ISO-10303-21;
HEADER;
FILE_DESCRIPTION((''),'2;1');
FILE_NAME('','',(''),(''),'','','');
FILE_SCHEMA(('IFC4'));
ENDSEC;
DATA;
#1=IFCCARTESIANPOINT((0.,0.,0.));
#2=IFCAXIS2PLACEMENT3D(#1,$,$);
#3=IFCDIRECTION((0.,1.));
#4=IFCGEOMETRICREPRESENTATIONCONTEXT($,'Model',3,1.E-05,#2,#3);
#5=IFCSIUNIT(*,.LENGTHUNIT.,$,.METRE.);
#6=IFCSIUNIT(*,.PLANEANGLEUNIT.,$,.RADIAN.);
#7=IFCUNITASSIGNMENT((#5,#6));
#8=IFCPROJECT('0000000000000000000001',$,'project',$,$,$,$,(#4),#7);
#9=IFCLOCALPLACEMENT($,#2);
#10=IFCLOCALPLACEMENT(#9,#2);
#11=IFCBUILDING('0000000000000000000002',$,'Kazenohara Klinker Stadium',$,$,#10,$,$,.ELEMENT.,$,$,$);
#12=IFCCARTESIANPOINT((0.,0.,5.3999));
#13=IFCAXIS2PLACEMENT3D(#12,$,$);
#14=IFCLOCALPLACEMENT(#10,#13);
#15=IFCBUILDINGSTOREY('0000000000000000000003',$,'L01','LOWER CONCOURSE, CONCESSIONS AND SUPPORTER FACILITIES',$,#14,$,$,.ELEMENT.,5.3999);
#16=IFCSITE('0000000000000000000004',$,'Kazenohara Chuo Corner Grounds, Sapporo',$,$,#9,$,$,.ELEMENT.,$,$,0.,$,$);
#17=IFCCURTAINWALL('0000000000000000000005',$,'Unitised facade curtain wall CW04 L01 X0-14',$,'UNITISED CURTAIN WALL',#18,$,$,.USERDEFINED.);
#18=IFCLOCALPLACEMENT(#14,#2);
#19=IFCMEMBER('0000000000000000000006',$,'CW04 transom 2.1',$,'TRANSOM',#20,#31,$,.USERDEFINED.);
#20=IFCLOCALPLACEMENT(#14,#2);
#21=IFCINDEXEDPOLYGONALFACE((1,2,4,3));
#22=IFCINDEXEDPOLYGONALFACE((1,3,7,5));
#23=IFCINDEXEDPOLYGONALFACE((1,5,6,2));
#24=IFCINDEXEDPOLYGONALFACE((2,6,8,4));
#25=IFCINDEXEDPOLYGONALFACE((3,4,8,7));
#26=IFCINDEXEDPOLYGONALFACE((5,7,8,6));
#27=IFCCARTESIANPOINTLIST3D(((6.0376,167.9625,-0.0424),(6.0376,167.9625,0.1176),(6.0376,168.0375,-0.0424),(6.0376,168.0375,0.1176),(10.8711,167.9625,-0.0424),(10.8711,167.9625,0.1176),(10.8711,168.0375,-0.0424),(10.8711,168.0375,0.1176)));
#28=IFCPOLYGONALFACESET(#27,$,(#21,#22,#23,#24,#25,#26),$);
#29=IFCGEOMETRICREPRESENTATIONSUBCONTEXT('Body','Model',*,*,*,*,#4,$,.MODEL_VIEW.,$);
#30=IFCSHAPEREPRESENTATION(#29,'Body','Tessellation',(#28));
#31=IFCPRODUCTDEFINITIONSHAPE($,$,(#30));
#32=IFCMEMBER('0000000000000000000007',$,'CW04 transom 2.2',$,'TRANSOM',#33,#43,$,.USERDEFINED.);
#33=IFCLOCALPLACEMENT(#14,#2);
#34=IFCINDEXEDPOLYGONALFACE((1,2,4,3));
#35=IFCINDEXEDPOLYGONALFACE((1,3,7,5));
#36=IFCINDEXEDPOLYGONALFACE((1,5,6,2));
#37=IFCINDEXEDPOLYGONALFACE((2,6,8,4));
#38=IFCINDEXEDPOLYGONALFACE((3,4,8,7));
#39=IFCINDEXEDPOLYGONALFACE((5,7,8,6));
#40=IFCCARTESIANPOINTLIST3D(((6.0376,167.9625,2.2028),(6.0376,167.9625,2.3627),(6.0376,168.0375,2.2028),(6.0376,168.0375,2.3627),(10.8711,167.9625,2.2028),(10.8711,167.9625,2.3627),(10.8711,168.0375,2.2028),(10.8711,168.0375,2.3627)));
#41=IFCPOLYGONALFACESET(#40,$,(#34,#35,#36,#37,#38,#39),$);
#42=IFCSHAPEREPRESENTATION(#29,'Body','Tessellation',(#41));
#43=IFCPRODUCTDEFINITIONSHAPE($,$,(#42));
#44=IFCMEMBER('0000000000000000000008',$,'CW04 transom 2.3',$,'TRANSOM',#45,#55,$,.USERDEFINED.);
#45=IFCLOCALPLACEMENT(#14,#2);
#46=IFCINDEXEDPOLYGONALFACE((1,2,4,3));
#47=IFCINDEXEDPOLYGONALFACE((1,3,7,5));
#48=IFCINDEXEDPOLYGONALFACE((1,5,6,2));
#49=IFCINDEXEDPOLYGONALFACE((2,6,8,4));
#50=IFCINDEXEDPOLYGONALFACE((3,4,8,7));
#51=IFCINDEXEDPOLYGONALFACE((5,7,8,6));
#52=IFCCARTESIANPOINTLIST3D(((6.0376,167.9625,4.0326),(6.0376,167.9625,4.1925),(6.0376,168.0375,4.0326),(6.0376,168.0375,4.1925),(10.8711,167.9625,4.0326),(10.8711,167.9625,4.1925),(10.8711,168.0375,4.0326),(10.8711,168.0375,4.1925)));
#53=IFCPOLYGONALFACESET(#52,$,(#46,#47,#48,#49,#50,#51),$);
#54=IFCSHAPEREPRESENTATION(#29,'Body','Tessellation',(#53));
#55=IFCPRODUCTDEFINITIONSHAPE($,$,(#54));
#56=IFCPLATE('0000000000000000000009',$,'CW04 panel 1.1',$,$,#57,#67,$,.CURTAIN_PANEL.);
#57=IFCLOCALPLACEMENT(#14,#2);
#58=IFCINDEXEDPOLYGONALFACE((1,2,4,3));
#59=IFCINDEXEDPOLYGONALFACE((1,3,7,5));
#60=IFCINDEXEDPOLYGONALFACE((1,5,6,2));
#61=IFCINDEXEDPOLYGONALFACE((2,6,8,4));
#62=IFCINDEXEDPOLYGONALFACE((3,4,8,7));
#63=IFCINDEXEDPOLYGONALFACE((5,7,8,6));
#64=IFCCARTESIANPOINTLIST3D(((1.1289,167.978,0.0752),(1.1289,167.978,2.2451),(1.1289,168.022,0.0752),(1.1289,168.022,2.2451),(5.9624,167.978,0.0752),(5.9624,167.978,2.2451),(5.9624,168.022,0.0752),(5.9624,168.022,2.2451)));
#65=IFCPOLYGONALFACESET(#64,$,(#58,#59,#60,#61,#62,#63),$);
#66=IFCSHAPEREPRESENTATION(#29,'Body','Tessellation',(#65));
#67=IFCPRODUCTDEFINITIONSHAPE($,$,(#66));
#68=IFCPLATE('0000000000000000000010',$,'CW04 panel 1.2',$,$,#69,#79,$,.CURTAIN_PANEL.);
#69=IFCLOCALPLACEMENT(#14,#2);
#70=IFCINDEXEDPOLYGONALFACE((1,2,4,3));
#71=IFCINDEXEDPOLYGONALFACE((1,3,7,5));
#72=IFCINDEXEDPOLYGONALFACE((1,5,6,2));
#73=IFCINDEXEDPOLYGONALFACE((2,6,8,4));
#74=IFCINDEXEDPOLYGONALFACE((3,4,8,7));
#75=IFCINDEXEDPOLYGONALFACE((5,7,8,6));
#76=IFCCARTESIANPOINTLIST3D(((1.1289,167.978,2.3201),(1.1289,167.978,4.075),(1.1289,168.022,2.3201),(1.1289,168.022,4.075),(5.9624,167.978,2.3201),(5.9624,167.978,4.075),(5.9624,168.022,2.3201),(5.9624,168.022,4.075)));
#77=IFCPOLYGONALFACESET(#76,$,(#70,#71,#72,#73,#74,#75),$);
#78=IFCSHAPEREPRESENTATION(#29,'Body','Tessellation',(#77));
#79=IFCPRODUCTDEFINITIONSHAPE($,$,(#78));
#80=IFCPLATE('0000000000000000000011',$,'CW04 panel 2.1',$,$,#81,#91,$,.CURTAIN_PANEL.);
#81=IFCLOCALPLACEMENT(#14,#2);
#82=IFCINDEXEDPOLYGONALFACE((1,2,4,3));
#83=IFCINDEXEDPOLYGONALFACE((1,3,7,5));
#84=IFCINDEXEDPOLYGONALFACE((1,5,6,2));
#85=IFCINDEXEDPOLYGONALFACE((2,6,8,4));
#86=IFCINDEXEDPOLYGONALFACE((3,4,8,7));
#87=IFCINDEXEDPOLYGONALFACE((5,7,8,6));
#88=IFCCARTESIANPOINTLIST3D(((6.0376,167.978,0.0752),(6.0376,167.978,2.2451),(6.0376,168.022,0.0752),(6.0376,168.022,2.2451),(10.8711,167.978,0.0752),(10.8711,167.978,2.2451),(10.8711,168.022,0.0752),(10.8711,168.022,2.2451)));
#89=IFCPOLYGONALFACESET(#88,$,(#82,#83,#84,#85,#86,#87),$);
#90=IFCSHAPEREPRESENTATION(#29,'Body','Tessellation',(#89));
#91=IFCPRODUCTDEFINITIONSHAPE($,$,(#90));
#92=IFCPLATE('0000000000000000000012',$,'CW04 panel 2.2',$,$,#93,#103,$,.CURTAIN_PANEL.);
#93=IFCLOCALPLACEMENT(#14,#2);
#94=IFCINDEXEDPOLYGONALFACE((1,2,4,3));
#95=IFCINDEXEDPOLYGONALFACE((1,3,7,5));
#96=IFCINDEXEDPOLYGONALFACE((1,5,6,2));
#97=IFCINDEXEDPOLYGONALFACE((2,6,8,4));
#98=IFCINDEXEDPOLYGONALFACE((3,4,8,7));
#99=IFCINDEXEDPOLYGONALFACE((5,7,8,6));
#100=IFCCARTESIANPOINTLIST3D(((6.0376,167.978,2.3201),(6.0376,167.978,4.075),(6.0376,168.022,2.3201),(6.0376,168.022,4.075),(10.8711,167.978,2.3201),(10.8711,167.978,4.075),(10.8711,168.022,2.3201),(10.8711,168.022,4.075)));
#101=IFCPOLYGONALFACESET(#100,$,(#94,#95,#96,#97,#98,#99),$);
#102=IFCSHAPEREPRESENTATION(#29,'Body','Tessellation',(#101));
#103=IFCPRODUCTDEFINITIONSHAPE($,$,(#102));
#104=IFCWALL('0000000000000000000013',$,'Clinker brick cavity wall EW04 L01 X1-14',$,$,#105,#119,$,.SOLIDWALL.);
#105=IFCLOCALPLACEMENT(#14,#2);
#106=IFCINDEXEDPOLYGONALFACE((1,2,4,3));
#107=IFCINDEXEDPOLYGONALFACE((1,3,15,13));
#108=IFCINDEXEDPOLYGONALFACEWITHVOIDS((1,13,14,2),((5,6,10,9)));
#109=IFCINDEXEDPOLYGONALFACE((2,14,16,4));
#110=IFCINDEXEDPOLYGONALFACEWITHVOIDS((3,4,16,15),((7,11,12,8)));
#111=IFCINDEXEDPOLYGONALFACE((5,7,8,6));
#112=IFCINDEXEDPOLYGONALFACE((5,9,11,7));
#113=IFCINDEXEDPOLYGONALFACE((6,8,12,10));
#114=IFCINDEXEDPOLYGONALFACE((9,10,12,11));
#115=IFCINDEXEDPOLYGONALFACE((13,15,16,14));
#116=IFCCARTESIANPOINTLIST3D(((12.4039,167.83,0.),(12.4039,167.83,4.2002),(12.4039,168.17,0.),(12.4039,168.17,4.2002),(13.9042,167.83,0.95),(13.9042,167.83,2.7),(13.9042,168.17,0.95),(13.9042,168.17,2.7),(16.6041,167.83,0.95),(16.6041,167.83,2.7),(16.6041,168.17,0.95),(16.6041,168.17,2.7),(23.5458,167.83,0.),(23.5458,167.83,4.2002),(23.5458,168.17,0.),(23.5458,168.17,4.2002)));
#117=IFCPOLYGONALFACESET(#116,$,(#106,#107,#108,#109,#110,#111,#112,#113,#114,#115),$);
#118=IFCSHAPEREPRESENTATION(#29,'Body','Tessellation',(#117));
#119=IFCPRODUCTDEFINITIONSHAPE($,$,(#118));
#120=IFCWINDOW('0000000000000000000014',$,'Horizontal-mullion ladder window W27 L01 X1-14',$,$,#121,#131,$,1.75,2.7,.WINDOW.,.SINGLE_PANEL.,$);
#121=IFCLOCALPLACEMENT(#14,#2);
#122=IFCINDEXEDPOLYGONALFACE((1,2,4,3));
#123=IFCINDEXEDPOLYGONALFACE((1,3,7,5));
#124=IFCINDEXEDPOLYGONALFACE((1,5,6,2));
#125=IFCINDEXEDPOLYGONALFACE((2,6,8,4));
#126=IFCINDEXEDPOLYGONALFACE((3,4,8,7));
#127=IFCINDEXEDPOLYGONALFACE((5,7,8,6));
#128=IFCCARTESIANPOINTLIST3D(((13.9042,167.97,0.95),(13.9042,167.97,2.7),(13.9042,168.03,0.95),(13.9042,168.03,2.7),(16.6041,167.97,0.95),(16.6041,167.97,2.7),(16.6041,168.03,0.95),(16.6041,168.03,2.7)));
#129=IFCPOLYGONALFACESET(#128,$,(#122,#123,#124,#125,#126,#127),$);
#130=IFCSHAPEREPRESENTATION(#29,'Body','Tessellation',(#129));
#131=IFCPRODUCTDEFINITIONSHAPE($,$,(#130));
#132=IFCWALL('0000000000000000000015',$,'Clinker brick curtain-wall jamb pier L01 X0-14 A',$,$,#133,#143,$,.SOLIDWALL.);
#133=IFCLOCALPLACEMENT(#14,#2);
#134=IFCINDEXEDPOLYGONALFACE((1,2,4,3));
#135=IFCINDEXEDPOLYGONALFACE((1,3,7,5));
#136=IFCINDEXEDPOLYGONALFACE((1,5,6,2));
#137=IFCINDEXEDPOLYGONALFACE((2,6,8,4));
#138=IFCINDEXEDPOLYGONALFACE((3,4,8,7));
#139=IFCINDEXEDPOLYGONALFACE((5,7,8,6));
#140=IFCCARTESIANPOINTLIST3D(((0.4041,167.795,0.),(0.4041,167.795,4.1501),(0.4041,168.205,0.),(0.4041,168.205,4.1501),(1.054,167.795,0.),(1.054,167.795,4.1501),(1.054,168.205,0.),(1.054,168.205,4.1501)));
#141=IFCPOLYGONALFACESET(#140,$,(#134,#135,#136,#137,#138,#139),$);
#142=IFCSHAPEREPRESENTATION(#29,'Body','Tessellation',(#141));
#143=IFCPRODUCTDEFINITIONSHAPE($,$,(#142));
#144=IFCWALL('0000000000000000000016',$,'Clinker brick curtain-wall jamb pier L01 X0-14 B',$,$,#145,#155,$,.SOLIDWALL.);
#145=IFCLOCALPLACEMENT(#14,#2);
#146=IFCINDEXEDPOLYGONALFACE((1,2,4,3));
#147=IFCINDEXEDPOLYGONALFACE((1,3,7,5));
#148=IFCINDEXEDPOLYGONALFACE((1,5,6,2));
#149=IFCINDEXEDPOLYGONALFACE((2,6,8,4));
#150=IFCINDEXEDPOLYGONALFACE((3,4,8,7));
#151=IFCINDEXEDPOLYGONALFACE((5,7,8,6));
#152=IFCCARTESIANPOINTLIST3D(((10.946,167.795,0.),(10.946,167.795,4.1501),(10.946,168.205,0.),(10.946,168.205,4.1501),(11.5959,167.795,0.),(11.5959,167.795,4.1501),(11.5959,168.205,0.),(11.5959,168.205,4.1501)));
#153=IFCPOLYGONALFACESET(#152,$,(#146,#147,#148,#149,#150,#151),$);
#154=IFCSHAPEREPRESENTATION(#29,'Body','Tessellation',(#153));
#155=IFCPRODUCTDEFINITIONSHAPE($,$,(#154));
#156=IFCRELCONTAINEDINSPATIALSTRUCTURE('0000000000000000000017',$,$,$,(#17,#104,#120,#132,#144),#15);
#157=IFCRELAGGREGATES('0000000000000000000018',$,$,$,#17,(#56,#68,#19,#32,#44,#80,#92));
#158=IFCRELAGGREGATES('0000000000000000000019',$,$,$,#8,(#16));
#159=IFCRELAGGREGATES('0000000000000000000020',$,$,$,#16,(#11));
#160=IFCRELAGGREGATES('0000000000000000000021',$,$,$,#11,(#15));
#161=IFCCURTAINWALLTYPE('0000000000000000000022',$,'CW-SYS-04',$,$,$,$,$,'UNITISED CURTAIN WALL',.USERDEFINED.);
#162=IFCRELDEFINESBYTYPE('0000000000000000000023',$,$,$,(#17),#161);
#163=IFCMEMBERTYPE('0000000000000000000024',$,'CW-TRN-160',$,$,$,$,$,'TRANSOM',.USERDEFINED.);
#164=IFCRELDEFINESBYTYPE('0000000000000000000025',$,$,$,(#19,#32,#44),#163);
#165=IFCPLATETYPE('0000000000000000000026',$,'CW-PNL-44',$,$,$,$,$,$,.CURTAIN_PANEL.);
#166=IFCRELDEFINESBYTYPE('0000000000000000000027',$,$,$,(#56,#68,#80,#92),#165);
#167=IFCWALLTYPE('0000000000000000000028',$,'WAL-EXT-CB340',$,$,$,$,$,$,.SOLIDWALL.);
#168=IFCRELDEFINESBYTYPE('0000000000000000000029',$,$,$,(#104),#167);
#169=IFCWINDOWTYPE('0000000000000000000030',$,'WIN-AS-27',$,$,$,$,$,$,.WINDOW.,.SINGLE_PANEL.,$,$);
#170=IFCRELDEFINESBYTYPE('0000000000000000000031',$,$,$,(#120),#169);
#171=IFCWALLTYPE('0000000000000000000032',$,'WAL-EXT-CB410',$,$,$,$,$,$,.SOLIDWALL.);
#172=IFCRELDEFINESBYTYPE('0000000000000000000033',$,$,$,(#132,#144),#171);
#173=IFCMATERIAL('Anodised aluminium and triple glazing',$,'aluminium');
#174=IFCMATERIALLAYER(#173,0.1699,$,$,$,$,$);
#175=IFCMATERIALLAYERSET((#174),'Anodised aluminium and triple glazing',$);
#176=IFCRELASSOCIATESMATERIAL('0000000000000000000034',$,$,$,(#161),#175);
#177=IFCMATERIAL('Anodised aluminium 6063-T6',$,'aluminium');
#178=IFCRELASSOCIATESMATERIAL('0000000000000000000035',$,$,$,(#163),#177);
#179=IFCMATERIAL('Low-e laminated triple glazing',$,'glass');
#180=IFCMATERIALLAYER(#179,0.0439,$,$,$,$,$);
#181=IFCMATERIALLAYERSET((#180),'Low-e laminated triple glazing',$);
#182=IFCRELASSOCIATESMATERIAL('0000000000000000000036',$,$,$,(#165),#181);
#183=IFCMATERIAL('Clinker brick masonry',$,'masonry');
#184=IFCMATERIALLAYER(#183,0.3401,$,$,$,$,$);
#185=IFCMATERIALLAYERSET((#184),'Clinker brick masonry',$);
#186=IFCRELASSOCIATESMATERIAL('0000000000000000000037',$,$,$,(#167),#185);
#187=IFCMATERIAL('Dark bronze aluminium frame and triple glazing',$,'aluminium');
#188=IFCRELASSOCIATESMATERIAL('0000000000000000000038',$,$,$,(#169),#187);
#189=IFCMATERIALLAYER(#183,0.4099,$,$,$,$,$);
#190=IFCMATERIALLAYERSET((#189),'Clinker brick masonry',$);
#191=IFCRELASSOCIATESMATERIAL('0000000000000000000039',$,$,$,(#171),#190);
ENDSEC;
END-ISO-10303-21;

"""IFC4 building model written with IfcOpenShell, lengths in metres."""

from ifc_helpers import new_model, si_unit, direction, frame, frame_2d, origin, origin_2d, place, context, subcontext, project, spatial, rectangle, extrude, material, layer, layer_set, material_profile, profile_set, type_object, element, fill, aggregate, save


model = new_model("IFC4")

# Units and contexts
model_context = context("Model", 3, precision=1e-05, world=origin(), true_north=direction((0.0, 1.0)))
body_context = subcontext(model_context, "Body", "Model", "MODEL_VIEW")
ifc_project = project(units=[si_unit("LENGTHUNIT", "METRE"), si_unit("PLANEANGLEUNIT", "RADIAN")], contexts=[model_context])

# Site, building, storey
site_placement = place(None, origin())
site = spatial("IfcSite", under=ifc_project, at=site_placement, Name="Kazenohara Chuo Corner Grounds, Sapporo", CompositionType="ELEMENT", RefElevation=0.0)
building_placement = place(site_placement, origin())
building = spatial("IfcBuilding", under=site, at=building_placement, Name="Kazenohara Klinker Stadium", CompositionType="ELEMENT")
storey_placement = place(building_placement, frame((0.0, 0.0, 5.3999)))
storey = spatial("IfcBuildingStorey", under=building, at=storey_placement, Name="L01", Description="LOWER CONCOURSE, CONCESSIONS AND SUPPORTER FACILITIES", CompositionType="ELEMENT", Elevation=5.3999)

# Curtain wall, members, plates
ifc_material_1 = material(Name="Anodised aluminium and triple glazing", Category="aluminium")
ifc_layer_1 = layer(ifc_material_1, 0.1699)
ifc_layer_set_1 = layer_set([ifc_layer_1], Name="Anodised aluminium and triple glazing")
curtain_wall_type = type_object("IfcCurtainWallType", Name="CW-SYS-04", ElementType="UNITISED CURTAIN WALL", PredefinedType="USERDEFINED", material=ifc_layer_set_1)
curtain_wall_placement = place(storey_placement, origin())
curtain_wall = element("IfcCurtainWall", 1, at=curtain_wall_placement, inside=storey, type_object=curtain_wall_type, Name="Unitised facade curtain wall CW04 L01 X0-14", ObjectType="UNITISED CURTAIN WALL", PredefinedType="USERDEFINED")
ifc_material_2 = material(Name="Anodised aluminium 6063-T6", Category="aluminium")
ifc_material_profile_1 = material_profile(ifc_material_2, rectangle(XDim=0.075, YDim=0.1599, at=origin_2d()), Name="ALU-TRN-75x160")
ifc_profile_set_1 = profile_set([ifc_material_profile_1], Name="Anodised aluminium 6063-T6")
member_type_1 = type_object("IfcMemberType", Name="CW-TRN-160", ElementType="TRANSOM", PredefinedType="USERDEFINED", material=ifc_profile_set_1)
member_1_placement = place(storey_placement, frame((6.0376, 168.0, 0.0376), z_axis=(1.0, 0.0, 0.0), x_axis=(0.0, 1.0, 0.0)))
member_1 = element("IfcMember", 2, at=member_1_placement, type_object=member_type_1, Name="CW04 transom 2.1", ObjectType="TRANSOM", PredefinedType="USERDEFINED", context=body_context, shape_type="SweptSolid", body=[
    extrude(rectangle(XDim=0.075, YDim=0.1599, at=origin_2d()), origin(), (0.0, 0.0, 1.0), 4.8335),
])
member_2_placement = place(storey_placement, frame((6.0376, 168.0, 2.2827), z_axis=(1.0, 0.0, 0.0), x_axis=(0.0, 1.0, 0.0)))
member_2 = element("IfcMember", 3, at=member_2_placement, type_object=member_type_1, Name="CW04 transom 2.2", ObjectType="TRANSOM", PredefinedType="USERDEFINED", context=body_context, shape_type="SweptSolid", body=[
    extrude(rectangle(XDim=0.075, YDim=0.1599, at=origin_2d()), origin(), (0.0, 0.0, 1.0), 4.8335),
])
member_3_placement = place(storey_placement, frame((6.0376, 168.0, 4.1125), z_axis=(1.0, 0.0, 0.0), x_axis=(0.0, 1.0, 0.0)))
member_3 = element("IfcMember", 4, at=member_3_placement, type_object=member_type_1, Name="CW04 transom 2.3", ObjectType="TRANSOM", PredefinedType="USERDEFINED", context=body_context, shape_type="SweptSolid", body=[
    extrude(rectangle(XDim=0.075, YDim=0.1599, at=origin_2d()), origin(), (0.0, 0.0, 1.0), 4.8335),
])
ifc_material_3 = material(Name="Low-e laminated triple glazing", Category="glass")
ifc_layer_2 = layer(ifc_material_3, 0.0439)
ifc_layer_set_2 = layer_set([ifc_layer_2], Name="Low-e laminated triple glazing")
plate_type = type_object("IfcPlateType", Name="CW-PNL-44", PredefinedType="CURTAIN_PANEL", material=ifc_layer_set_2)
plate_1_placement = place(storey_placement, frame((3.5457, 168.0, 0.0752), z_axis=(0.0, 0.0, 1.0), x_axis=(1.0, 0.0, 0.0)))
plate_1 = element("IfcPlate", 5, at=plate_1_placement, type_object=plate_type, Name="CW04 panel 1.1", PredefinedType="CURTAIN_PANEL", context=body_context, shape_type="SweptSolid", body=[
    extrude(rectangle(XDim=4.8335, YDim=0.0439, at=origin_2d()), origin(), (0.0, 0.0, 1.0), 2.1699),
])
plate_2_placement = place(storey_placement, frame((3.5457, 168.0, 2.3201), z_axis=(0.0, 0.0, 1.0), x_axis=(1.0, 0.0, 0.0)))
plate_2 = element("IfcPlate", 6, at=plate_2_placement, type_object=plate_type, Name="CW04 panel 1.2", PredefinedType="CURTAIN_PANEL", context=body_context, shape_type="SweptSolid", body=[
    extrude(rectangle(XDim=4.8335, YDim=0.0439, at=origin_2d()), origin(), (0.0, 0.0, 1.0), 1.7549),
])
plate_3_placement = place(storey_placement, frame((8.4543, 168.0, 0.0752), z_axis=(0.0, 0.0, 1.0), x_axis=(1.0, 0.0, 0.0)))
plate_3 = element("IfcPlate", 7, at=plate_3_placement, type_object=plate_type, Name="CW04 panel 2.1", PredefinedType="CURTAIN_PANEL", context=body_context, shape_type="SweptSolid", body=[
    extrude(rectangle(XDim=4.8335, YDim=0.0439, at=origin_2d()), origin(), (0.0, 0.0, 1.0), 2.1699),
])
plate_4_placement = place(storey_placement, frame((8.4543, 168.0, 2.3201), z_axis=(0.0, 0.0, 1.0), x_axis=(1.0, 0.0, 0.0)))
plate_4 = element("IfcPlate", 8, at=plate_4_placement, type_object=plate_type, Name="CW04 panel 2.2", PredefinedType="CURTAIN_PANEL", context=body_context, shape_type="SweptSolid", body=[
    extrude(rectangle(XDim=4.8335, YDim=0.0439, at=origin_2d()), origin(), (0.0, 0.0, 1.0), 1.7549),
])
aggregate(curtain_wall, [plate_1, plate_2, member_1, member_2, member_3, plate_3, plate_4])

# Wall, opening, window
ifc_material_4 = material(Name="Clinker brick masonry", Category="masonry")
ifc_layer_3 = layer(ifc_material_4, 0.3401)
ifc_layer_set_3 = layer_set([ifc_layer_3], Name="Clinker brick masonry")
wall_type_1 = type_object("IfcWallType", Name="WAL-EXT-CB340", PredefinedType="SOLIDWALL", material=ifc_layer_set_3)
wall_placement = place(storey_placement, frame((12.4041, 168.0, 0.0), z_axis=(0.0, 0.0, 1.0), x_axis=(1.0, 0.0, 0.0)))
wall = element("IfcWall", 9, at=wall_placement, inside=storey, type_object=wall_type_1, Name="Clinker brick cavity wall EW04 L01 X1-14", PredefinedType="SOLIDWALL", context=body_context, shape_type="SweptSolid", body=[
    extrude(rectangle(XDim=11.1418, YDim=0.3401, at=frame_2d((5.5708, 0.0))), origin(), (0.0, 0.0, 1.0), 4.2002),
])
opening_placement = place(wall_placement, frame((1.5, 0.0, 0.95)))
opening = element("IfcOpeningElement", 10, at=opening_placement, cuts=wall, PredefinedType="OPENING", context=body_context, shape_type="SweptSolid", body=[
    extrude(rectangle(XDim=2.7, YDim=1.75, at=frame_2d((1.3501, 0.875))), frame((0.0, 0.1802, 0.0), z_axis=(0.0, -1.0, 0.0), x_axis=(1.0, 0.0, 0.0)), (0.0, 0.0, 1.0), 0.3601),
])
ifc_material_5 = material(Name="Dark bronze aluminium frame and triple glazing", Category="aluminium")
window_type = type_object("IfcWindowType", Name="WIN-AS-27", PartitioningType="SINGLE_PANEL", PredefinedType="WINDOW", material=ifc_material_5)
window_placement = place(opening_placement, origin())
window = element("IfcWindow", 11, at=window_placement, inside=storey, type_object=window_type, Name="Horizontal-mullion ladder window W27 L01 X1-14", OverallHeight=1.75, OverallWidth=2.7, PartitioningType="SINGLE_PANEL", PredefinedType="WINDOW", context=body_context, shape_type="SweptSolid", body=[
    extrude(rectangle(XDim=2.7, YDim=1.75, at=frame_2d((1.3501, 0.875))), frame((0.0, 0.03, 0.0), z_axis=(0.0, -1.0, 0.0), x_axis=(1.0, 0.0, 0.0)), (0.0, 0.0, 1.0), 0.0601),
])
fill(opening, window)

# Walls
ifc_layer_4 = layer(ifc_material_4, 0.4099)
ifc_layer_set_4 = layer_set([ifc_layer_4], Name="Clinker brick masonry")
wall_type_2 = type_object("IfcWallType", Name="WAL-EXT-CB410", PredefinedType="SOLIDWALL", material=ifc_layer_set_4)
for number, where, z_axis, x_axis, name in (
    (12, (0.4041, 168.0, 0.0), (0.0, 0.0, 1.0), (1.0, 0.0, 0.0), "Clinker brick curtain-wall jamb pier L01 X0-14 A"),
    (13, (10.946, 168.0, 0.0), (0.0, 0.0, 1.0), (1.0, 0.0, 0.0), "Clinker brick curtain-wall jamb pier L01 X0-14 B"),
):
    element("IfcWall", number, at=place(storey_placement, frame(where, z_axis=z_axis, x_axis=x_axis)), inside=storey, type_object=wall_type_2, Name=name, PredefinedType="SOLIDWALL", context=body_context, shape_type="SweptSolid", body=[
        extrude(rectangle(XDim=0.6499, YDim=0.4099, at=frame_2d((0.325, 0.0))), origin(), (0.0, 0.0, 1.0), 4.1501),
    ])

save(model, "model.ifc")
